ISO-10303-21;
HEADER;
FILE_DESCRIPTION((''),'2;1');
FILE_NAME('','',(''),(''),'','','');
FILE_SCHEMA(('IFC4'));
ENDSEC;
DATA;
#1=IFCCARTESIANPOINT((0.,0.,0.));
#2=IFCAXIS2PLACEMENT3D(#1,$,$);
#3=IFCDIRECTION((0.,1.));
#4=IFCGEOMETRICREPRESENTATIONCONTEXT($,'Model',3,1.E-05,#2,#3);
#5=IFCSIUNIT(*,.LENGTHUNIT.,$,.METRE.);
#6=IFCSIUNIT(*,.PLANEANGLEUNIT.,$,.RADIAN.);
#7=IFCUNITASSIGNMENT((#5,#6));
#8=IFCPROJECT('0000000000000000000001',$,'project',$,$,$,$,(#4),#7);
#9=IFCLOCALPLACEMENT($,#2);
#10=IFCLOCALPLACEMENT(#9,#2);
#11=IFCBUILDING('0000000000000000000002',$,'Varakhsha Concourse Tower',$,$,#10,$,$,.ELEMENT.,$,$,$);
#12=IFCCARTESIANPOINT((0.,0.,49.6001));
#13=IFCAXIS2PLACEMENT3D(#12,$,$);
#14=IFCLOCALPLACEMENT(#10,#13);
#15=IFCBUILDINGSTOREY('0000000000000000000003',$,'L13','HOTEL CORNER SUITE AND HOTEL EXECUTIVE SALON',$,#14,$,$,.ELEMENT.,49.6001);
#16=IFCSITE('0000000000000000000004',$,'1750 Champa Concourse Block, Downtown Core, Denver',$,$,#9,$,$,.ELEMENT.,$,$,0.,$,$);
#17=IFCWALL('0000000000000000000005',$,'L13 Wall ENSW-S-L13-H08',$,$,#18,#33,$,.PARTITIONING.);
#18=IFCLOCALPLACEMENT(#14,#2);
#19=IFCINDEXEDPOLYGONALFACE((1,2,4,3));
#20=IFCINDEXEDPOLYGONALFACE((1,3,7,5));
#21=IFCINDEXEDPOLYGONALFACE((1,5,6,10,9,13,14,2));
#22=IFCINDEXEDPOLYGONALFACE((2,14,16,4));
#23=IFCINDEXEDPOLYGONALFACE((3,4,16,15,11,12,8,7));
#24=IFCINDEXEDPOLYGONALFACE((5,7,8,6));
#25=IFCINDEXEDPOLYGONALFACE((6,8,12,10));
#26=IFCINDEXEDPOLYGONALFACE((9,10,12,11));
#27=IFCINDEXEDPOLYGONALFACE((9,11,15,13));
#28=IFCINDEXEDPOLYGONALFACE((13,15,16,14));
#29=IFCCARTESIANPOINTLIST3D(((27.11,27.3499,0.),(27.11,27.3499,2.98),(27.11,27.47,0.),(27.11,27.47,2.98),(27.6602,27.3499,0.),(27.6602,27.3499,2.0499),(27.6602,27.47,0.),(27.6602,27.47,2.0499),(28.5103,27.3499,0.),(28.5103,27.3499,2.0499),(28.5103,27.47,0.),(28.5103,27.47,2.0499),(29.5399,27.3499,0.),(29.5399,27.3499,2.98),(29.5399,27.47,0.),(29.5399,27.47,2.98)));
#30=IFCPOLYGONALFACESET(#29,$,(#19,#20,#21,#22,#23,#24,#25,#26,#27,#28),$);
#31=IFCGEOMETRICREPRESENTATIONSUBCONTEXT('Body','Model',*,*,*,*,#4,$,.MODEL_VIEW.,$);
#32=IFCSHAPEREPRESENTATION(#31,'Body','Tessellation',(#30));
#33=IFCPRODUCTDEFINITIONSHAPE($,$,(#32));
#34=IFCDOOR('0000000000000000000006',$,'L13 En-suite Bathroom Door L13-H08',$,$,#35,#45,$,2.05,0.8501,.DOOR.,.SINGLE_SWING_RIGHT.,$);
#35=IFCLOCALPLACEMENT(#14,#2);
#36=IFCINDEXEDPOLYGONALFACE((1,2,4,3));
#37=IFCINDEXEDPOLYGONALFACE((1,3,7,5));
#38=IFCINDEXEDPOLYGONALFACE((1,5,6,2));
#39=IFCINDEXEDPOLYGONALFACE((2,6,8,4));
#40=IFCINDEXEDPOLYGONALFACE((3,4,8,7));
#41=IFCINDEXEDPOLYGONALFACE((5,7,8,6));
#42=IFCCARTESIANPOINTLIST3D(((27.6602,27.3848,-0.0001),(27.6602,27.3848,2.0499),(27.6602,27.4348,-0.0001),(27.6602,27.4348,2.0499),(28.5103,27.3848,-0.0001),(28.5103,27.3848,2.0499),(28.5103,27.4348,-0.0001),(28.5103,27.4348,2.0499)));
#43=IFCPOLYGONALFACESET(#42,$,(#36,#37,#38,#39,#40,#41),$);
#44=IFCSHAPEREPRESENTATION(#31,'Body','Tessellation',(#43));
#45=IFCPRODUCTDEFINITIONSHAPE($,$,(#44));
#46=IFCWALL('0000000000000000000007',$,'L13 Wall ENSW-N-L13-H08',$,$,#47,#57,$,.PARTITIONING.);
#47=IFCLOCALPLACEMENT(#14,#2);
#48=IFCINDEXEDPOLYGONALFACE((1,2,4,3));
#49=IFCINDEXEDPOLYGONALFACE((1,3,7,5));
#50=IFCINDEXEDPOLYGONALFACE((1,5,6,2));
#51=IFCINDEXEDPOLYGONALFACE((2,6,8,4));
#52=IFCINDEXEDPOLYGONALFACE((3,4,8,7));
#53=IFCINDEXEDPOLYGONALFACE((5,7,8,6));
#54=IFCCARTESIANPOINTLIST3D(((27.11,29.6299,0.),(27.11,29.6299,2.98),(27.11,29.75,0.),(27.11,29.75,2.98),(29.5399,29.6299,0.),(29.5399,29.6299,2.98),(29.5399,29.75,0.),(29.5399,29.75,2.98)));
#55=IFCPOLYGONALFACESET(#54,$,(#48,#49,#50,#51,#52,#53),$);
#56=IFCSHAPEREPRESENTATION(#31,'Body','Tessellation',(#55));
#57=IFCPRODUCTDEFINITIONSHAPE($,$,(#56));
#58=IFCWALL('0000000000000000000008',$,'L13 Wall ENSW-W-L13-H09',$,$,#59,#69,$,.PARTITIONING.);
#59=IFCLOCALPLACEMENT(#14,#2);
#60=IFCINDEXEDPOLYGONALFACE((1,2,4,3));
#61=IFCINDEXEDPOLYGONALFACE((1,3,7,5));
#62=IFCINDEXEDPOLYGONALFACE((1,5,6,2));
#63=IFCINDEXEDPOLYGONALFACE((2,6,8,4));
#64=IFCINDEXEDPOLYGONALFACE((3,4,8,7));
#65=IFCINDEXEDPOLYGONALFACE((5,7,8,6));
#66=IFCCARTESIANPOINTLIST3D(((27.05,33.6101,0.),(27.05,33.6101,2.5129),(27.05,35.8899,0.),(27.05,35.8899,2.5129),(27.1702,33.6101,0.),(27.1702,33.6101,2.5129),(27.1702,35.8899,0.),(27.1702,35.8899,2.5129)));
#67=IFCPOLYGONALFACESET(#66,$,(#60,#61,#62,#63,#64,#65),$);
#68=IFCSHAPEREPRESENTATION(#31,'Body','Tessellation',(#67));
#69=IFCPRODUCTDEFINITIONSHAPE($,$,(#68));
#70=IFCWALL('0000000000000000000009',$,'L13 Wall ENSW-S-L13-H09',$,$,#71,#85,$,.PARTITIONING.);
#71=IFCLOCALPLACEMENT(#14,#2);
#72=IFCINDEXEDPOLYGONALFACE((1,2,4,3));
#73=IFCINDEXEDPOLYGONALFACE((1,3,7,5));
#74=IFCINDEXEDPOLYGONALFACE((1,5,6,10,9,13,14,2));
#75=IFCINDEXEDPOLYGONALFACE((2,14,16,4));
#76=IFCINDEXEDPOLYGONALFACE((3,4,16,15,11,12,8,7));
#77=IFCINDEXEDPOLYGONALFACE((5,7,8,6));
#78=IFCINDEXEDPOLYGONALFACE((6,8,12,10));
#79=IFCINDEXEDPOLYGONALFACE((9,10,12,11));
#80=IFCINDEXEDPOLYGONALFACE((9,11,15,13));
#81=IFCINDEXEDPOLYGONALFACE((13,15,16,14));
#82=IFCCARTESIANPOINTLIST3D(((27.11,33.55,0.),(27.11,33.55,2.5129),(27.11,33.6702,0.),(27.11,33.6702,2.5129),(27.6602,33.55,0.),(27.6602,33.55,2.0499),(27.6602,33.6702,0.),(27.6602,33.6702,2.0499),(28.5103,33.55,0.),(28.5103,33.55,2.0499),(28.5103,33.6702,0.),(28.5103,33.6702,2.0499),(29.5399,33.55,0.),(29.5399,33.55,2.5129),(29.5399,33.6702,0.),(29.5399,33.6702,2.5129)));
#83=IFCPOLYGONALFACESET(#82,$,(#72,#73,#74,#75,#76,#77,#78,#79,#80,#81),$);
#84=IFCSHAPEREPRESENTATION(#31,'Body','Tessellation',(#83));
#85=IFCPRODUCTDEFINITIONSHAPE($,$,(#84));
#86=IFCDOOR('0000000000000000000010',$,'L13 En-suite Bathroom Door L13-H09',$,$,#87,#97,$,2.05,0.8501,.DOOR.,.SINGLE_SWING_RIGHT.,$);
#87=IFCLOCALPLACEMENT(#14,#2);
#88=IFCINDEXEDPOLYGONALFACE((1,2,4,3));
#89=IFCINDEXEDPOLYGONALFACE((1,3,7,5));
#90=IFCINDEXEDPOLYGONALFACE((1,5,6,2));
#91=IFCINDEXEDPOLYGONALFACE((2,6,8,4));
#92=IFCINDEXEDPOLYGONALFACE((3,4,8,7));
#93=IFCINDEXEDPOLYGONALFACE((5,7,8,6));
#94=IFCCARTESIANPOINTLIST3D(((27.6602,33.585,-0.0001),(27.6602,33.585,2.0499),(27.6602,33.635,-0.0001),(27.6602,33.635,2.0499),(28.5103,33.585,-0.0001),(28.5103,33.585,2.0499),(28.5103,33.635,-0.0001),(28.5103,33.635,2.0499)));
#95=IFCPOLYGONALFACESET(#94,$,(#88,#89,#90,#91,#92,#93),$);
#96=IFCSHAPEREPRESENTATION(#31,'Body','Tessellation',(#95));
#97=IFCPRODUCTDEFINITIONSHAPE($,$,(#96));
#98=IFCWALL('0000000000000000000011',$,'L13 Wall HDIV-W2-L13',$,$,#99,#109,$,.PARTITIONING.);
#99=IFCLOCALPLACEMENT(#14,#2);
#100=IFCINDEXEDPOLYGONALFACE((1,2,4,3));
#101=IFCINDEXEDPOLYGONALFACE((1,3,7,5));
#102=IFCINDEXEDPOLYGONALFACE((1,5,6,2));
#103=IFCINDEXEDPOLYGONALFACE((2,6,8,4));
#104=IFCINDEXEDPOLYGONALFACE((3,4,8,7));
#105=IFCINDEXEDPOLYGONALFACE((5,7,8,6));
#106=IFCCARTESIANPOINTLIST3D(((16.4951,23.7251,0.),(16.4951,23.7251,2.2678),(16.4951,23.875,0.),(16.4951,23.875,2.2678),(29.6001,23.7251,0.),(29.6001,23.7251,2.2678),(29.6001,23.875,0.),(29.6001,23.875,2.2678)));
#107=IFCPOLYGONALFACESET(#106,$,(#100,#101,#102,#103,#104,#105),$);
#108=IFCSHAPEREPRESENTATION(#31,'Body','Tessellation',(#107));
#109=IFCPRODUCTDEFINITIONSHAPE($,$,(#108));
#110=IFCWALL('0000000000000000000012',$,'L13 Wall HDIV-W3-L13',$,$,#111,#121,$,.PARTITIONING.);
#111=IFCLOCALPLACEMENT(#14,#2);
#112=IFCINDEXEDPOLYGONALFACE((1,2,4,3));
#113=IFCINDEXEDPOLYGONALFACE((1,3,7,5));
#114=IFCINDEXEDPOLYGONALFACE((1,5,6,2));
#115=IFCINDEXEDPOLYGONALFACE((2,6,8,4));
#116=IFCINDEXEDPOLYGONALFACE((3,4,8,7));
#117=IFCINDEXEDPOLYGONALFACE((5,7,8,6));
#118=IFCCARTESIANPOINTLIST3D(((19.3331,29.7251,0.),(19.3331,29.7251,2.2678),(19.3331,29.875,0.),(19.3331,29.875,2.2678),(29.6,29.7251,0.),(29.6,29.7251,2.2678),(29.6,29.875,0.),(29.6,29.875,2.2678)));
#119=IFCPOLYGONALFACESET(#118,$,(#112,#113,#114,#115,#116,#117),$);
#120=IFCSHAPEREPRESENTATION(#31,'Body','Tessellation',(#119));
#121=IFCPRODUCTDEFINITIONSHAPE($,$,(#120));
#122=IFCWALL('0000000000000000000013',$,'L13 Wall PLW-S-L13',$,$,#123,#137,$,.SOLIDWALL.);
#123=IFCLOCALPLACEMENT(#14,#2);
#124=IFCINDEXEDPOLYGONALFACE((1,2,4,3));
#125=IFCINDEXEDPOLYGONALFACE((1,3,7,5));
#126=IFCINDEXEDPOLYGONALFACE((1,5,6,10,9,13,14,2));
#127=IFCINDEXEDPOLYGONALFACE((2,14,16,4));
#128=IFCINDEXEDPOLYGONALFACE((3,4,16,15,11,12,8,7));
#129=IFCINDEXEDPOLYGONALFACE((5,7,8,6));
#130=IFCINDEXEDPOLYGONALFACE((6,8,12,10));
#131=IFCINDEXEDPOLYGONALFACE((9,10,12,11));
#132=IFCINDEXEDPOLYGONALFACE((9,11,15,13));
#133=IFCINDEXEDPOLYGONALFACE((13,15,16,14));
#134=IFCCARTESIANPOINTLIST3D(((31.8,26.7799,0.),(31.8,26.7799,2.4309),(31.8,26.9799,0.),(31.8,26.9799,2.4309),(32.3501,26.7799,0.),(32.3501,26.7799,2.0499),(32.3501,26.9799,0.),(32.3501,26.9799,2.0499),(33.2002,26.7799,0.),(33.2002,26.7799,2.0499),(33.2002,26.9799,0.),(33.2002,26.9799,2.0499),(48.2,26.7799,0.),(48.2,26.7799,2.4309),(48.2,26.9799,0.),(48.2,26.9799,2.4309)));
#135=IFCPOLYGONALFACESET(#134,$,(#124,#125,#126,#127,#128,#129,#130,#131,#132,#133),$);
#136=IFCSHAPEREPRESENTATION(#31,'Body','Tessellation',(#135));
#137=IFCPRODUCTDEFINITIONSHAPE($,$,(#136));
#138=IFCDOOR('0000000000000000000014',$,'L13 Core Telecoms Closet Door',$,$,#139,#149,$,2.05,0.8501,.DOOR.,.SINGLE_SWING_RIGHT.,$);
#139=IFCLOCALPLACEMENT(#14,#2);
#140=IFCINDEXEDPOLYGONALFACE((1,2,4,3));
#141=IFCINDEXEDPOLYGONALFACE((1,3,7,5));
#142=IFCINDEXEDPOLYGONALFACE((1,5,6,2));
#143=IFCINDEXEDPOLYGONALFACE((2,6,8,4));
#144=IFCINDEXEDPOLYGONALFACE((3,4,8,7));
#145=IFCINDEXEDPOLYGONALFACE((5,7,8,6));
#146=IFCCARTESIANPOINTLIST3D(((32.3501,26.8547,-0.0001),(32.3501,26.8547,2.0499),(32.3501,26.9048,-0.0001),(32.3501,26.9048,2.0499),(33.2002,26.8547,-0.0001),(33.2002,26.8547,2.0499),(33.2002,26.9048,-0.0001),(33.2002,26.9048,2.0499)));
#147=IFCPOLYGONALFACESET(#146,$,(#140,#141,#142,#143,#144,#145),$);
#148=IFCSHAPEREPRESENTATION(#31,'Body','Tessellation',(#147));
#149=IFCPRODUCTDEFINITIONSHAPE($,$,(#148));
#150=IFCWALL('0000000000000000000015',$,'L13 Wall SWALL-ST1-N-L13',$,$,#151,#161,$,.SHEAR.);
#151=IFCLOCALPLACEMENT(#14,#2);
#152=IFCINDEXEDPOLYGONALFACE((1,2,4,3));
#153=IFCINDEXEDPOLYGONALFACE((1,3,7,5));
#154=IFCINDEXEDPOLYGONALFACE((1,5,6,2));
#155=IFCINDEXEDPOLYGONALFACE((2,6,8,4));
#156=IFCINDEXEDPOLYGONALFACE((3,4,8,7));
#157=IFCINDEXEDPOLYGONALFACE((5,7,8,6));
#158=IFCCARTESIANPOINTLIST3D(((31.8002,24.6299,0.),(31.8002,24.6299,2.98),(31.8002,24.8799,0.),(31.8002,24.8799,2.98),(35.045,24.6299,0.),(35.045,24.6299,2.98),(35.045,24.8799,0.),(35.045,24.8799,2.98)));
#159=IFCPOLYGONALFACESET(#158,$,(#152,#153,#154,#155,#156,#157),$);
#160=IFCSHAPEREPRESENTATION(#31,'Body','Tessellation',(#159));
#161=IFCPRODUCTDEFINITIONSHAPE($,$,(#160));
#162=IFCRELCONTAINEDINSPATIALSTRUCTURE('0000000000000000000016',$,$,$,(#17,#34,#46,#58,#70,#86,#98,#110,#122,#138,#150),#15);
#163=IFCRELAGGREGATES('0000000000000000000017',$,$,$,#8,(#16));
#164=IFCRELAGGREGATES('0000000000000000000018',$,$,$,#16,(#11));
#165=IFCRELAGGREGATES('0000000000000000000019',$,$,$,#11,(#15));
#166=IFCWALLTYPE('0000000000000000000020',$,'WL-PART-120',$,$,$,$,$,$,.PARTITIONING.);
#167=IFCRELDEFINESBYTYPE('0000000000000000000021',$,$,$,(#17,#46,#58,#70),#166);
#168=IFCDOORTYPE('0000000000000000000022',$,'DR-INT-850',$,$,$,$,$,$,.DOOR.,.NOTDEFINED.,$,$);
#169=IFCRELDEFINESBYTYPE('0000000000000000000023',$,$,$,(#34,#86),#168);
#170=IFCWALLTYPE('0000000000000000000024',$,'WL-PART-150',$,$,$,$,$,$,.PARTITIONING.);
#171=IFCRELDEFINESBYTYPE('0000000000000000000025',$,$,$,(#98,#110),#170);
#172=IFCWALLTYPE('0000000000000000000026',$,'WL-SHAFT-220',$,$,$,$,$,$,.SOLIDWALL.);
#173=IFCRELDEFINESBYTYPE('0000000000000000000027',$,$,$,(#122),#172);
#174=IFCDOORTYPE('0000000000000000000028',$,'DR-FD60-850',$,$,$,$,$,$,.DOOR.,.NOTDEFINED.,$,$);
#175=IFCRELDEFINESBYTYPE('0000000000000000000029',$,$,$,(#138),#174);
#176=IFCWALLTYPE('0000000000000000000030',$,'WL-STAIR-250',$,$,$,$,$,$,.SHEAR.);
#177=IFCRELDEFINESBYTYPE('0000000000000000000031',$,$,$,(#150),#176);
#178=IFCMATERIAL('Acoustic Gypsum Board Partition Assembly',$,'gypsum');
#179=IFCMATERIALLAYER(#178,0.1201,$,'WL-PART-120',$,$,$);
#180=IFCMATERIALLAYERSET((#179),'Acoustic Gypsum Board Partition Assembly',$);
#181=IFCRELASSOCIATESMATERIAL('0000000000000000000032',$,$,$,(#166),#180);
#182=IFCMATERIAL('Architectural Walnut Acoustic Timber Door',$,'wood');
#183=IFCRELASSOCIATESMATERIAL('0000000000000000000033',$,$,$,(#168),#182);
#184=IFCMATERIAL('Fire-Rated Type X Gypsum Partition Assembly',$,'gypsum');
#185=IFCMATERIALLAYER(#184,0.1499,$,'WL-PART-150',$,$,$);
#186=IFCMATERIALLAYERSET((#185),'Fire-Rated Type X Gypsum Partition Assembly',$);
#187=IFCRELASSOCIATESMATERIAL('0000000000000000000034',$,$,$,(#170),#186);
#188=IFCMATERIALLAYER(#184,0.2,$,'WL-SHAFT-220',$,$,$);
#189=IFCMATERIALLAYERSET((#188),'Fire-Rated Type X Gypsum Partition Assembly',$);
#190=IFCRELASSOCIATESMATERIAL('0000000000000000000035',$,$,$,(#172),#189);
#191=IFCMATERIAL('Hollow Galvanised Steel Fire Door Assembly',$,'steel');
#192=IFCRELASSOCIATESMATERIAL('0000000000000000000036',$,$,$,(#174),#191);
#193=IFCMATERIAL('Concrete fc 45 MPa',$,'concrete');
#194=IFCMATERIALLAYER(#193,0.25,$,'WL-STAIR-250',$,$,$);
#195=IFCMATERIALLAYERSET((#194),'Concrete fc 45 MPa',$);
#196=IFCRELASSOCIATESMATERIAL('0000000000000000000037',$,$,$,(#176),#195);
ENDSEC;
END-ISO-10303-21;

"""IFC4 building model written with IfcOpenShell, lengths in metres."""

from ifc_helpers import new_model, si_unit, direction, frame, frame_2d, origin, place, context, subcontext, project, spatial, rectangle, extrude, material, layer, layer_set, type_object, element, fill, save


model = new_model("IFC4")

# Units and contexts
model_context = context("Model", 3, precision=1e-05, world=origin(), true_north=direction((0.0, 1.0)))
body_context = subcontext(model_context, "Body", "Model", "MODEL_VIEW")
ifc_project = project(units=[si_unit("LENGTHUNIT", "METRE"), si_unit("PLANEANGLEUNIT", "RADIAN")], contexts=[model_context])

# Site, building, storey
site_placement = place(None, origin())
site = spatial("IfcSite", under=ifc_project, at=site_placement, Name="1750 Champa Concourse Block, Downtown Core, Denver", CompositionType="ELEMENT", RefElevation=0.0)
building_placement = place(site_placement, origin())
building = spatial("IfcBuilding", under=site, at=building_placement, Name="Varakhsha Concourse Tower", CompositionType="ELEMENT")
storey_placement = place(building_placement, frame((0.0, 0.0, 49.6001)))
storey = spatial("IfcBuildingStorey", under=building, at=storey_placement, Name="L13", Description="HOTEL CORNER SUITE AND HOTEL EXECUTIVE SALON", CompositionType="ELEMENT", Elevation=49.6001)

# Shared definitions
ifc_material_1 = material(Name="Acoustic Gypsum Board Partition Assembly", Category="gypsum")
ifc_layer_1 = layer(ifc_material_1, 0.1201, Name="WL-PART-120")
ifc_layer_set_1 = layer_set([ifc_layer_1], Name="Acoustic Gypsum Board Partition Assembly")
wall_type_1 = type_object("IfcWallType", Name="WL-PART-120", PredefinedType="PARTITIONING", material=ifc_layer_set_1)

# Wall, opening, door
wall_1_placement = place(storey_placement, frame((27.1101, 27.4099, 0.0), z_axis=(0.0, 0.0, 1.0), x_axis=(1.0, 0.0, 0.0)))
wall_1 = element("IfcWall", 1, at=wall_1_placement, inside=storey, type_object=wall_type_1, Name="L13 Wall ENSW-S-L13-H08", PredefinedType="PARTITIONING", context=body_context, shape_type="SweptSolid", body=[
    extrude(rectangle(XDim=2.4299, YDim=0.1201, at=frame_2d((1.2148, 0.0))), origin(), (0.0, 0.0, 1.0), 2.98),
])
opening_1_placement = place(wall_1_placement, frame((0.55, 0.0, 0.0)))
opening_1 = element("IfcOpeningElement", 2, at=opening_1_placement, cuts=wall_1, PredefinedType="OPENING", context=body_context, shape_type="SweptSolid", body=[
    extrude(rectangle(XDim=0.8501, YDim=2.05, at=frame_2d((0.425, 1.0249))), frame((0.0, 0.0701, 0.0), z_axis=(0.0, -1.0, 0.0), x_axis=(1.0, 0.0, 0.0)), (0.0, 0.0, 1.0), 0.1401),
])
ifc_material_2 = material(Name="Architectural Walnut Acoustic Timber Door", Category="wood")
door_type_1 = type_object("IfcDoorType", Name="DR-INT-850", OperationType="NOTDEFINED", PredefinedType="DOOR", material=ifc_material_2)
door_1_placement = place(opening_1_placement, origin())
door_1 = element("IfcDoor", 3, at=door_1_placement, inside=storey, type_object=door_type_1, Name="L13 En-suite Bathroom Door L13-H08", OperationType="SINGLE_SWING_RIGHT", OverallHeight=2.05, OverallWidth=0.8501, PredefinedType="DOOR", context=body_context, shape_type="SweptSolid", body=[
    extrude(rectangle(XDim=0.8501, YDim=2.05, at=frame_2d((0.425, 1.0249))), frame((0.0, 0.0249, 0.0), z_axis=(0.0, -1.0, 0.0), x_axis=(1.0, 0.0, 0.0)), (0.0, 0.0, 1.0), 0.05),
])
fill(opening_1, door_1)

# Walls
wall_2_placement = place(storey_placement, frame((27.1101, 29.6899, 0.0), z_axis=(0.0, 0.0, 1.0), x_axis=(1.0, 0.0, 0.0)))
element("IfcWall", 4, at=wall_2_placement, inside=storey, type_object=wall_type_1, Name="L13 Wall ENSW-N-L13-H08", PredefinedType="PARTITIONING", context=body_context, shape_type="SweptSolid", body=[
    extrude(rectangle(XDim=2.4299, YDim=0.1201, at=frame_2d((1.2148, 0.0))), origin(), (0.0, 0.0, 1.0), 2.98),
])
wall_3_placement = place(storey_placement, frame((27.1101, 33.6101, 0.0), z_axis=(0.0, 0.0, 1.0), x_axis=(0.0, 1.0, 0.0)))
element("IfcWall", 5, at=wall_3_placement, inside=storey, type_object=wall_type_1, Name="L13 Wall ENSW-W-L13-H09", PredefinedType="PARTITIONING", context=body_context, shape_type="SweptSolid", body=[
    extrude(rectangle(XDim=2.2798, YDim=0.1201, at=frame_2d((1.1399, 0.0))), origin(), (0.0, 0.0, 1.0), 2.5129),
])

# Wall, opening, door
wall_4_placement = place(storey_placement, frame((27.1101, 33.6101, 0.0), z_axis=(0.0, 0.0, 1.0), x_axis=(1.0, 0.0, 0.0)))
wall_4 = element("IfcWall", 6, at=wall_4_placement, inside=storey, type_object=wall_type_1, Name="L13 Wall ENSW-S-L13-H09", PredefinedType="PARTITIONING", context=body_context, shape_type="SweptSolid", body=[
    extrude(rectangle(XDim=2.4299, YDim=0.1201, at=frame_2d((1.2148, 0.0))), origin(), (0.0, 0.0, 1.0), 2.5129),
])
opening_2_placement = place(wall_4_placement, frame((0.55, 0.0, 0.0)))
opening_2 = element("IfcOpeningElement", 7, at=opening_2_placement, cuts=wall_4, PredefinedType="OPENING", context=body_context, shape_type="SweptSolid", body=[
    extrude(rectangle(XDim=0.8501, YDim=2.05, at=frame_2d((0.425, 1.0249))), frame((0.0, 0.0701, 0.0), z_axis=(0.0, -1.0, 0.0), x_axis=(1.0, 0.0, 0.0)), (0.0, 0.0, 1.0), 0.1401),
])
door_2_placement = place(opening_2_placement, origin())
door_2 = element("IfcDoor", 8, at=door_2_placement, inside=storey, type_object=door_type_1, Name="L13 En-suite Bathroom Door L13-H09", OperationType="SINGLE_SWING_RIGHT", OverallHeight=2.05, OverallWidth=0.8501, PredefinedType="DOOR", context=body_context, shape_type="SweptSolid", body=[
    extrude(rectangle(XDim=0.8501, YDim=2.05, at=frame_2d((0.425, 1.0249))), frame((0.0, 0.0249, 0.0), z_axis=(0.0, -1.0, 0.0), x_axis=(1.0, 0.0, 0.0)), (0.0, 0.0, 1.0), 0.05),
])
fill(opening_2, door_2)

# Walls
ifc_material_3 = material(Name="Fire-Rated Type X Gypsum Partition Assembly", Category="gypsum")
ifc_layer_2 = layer(ifc_material_3, 0.1499, Name="WL-PART-150")
ifc_layer_set_2 = layer_set([ifc_layer_2], Name="Fire-Rated Type X Gypsum Partition Assembly")
wall_type_2 = type_object("IfcWallType", Name="WL-PART-150", PredefinedType="PARTITIONING", material=ifc_layer_set_2)
wall_5_placement = place(storey_placement, frame((16.4951, 23.8, 0.0), z_axis=(0.0, 0.0, 1.0), x_axis=(1.0, 0.0, 0.0)))
element("IfcWall", 9, at=wall_5_placement, inside=storey, type_object=wall_type_2, Name="L13 Wall HDIV-W2-L13", PredefinedType="PARTITIONING", context=body_context, shape_type="SweptSolid", body=[
    extrude(rectangle(XDim=13.105, YDim=0.1499, at=frame_2d((6.5525, 0.0))), origin(), (0.0, 0.0, 1.0), 2.2678),
])
wall_6_placement = place(storey_placement, frame((19.3333, 29.8, 0.0), z_axis=(0.0, 0.0, 1.0), x_axis=(1.0, 0.0, 0.0)))
element("IfcWall", 10, at=wall_6_placement, inside=storey, type_object=wall_type_2, Name="L13 Wall HDIV-W3-L13", PredefinedType="PARTITIONING", context=body_context, shape_type="SweptSolid", body=[
    extrude(rectangle(XDim=10.2668, YDim=0.1499, at=frame_2d((5.1333, 0.0))), origin(), (0.0, 0.0, 1.0), 2.2678),
])

# Wall, opening, door
ifc_layer_3 = layer(ifc_material_3, 0.2, Name="WL-SHAFT-220")
ifc_layer_set_3 = layer_set([ifc_layer_3], Name="Fire-Rated Type X Gypsum Partition Assembly")
wall_type_3 = type_object("IfcWallType", Name="WL-SHAFT-220", PredefinedType="SOLIDWALL", material=ifc_layer_set_3)
wall_7_placement = place(storey_placement, frame((31.8, 26.8799, 0.0), z_axis=(0.0, 0.0, 1.0), x_axis=(1.0, 0.0, 0.0)))
wall_7 = element("IfcWall", 11, at=wall_7_placement, inside=storey, type_object=wall_type_3, Name="L13 Wall PLW-S-L13", PredefinedType="SOLIDWALL", context=body_context, shape_type="SweptSolid", body=[
    extrude(rectangle(XDim=16.3999, YDim=0.2, at=frame_2d((8.2, 0.0))), origin(), (0.0, 0.0, 1.0), 2.4309),
])
opening_3_placement = place(wall_7_placement, frame((0.55, 0.0, 0.0)))
opening_3 = element("IfcOpeningElement", 12, at=opening_3_placement, cuts=wall_7, PredefinedType="OPENING", context=body_context, shape_type="SweptSolid", body=[
    extrude(rectangle(XDim=0.8501, YDim=2.05, at=frame_2d((0.425, 1.0249))), frame((0.0, 0.1099, 0.0), z_axis=(0.0, -1.0, 0.0), x_axis=(1.0, 0.0, 0.0)), (0.0, 0.0, 1.0), 0.22),
])
ifc_material_4 = material(Name="Hollow Galvanised Steel Fire Door Assembly", Category="steel")
door_type_2 = type_object("IfcDoorType", Name="DR-FD60-850", OperationType="NOTDEFINED", PredefinedType="DOOR", material=ifc_material_4)
door_3_placement = place(opening_3_placement, origin())
door_3 = element("IfcDoor", 13, at=door_3_placement, inside=storey, type_object=door_type_2, Name="L13 Core Telecoms Closet Door", OperationType="SINGLE_SWING_RIGHT", OverallHeight=2.05, OverallWidth=0.8501, PredefinedType="DOOR", context=body_context, shape_type="SweptSolid", body=[
    extrude(rectangle(XDim=0.8501, YDim=2.05, at=frame_2d((0.425, 1.0249))), frame((0.0, 0.0249, 0.0), z_axis=(0.0, -1.0, 0.0), x_axis=(1.0, 0.0, 0.0)), (0.0, 0.0, 1.0), 0.05),
])
fill(opening_3, door_3)

# Wall
ifc_material_5 = material(Name="Concrete fc 45 MPa", Category="concrete")
ifc_layer_4 = layer(ifc_material_5, 0.25, Name="WL-STAIR-250")
ifc_layer_set_4 = layer_set([ifc_layer_4], Name="Concrete fc 45 MPa")
wall_type_4 = type_object("IfcWallType", Name="WL-STAIR-250", PredefinedType="SHEAR", material=ifc_layer_set_4)
wall_8_placement = place(storey_placement, frame((31.8, 24.7549, 0.0), z_axis=(0.0, 0.0, 1.0), x_axis=(1.0, 0.0, 0.0)))
element("IfcWall", 14, at=wall_8_placement, inside=storey, type_object=wall_type_4, Name="L13 Wall SWALL-ST1-N-L13", PredefinedType="SHEAR", context=body_context, shape_type="SweptSolid", body=[
    extrude(rectangle(XDim=3.2449, YDim=0.25, at=frame_2d((1.6226, 0.0))), origin(), (0.0, 0.0, 1.0), 2.98),
])

save(model, "model.ifc")
